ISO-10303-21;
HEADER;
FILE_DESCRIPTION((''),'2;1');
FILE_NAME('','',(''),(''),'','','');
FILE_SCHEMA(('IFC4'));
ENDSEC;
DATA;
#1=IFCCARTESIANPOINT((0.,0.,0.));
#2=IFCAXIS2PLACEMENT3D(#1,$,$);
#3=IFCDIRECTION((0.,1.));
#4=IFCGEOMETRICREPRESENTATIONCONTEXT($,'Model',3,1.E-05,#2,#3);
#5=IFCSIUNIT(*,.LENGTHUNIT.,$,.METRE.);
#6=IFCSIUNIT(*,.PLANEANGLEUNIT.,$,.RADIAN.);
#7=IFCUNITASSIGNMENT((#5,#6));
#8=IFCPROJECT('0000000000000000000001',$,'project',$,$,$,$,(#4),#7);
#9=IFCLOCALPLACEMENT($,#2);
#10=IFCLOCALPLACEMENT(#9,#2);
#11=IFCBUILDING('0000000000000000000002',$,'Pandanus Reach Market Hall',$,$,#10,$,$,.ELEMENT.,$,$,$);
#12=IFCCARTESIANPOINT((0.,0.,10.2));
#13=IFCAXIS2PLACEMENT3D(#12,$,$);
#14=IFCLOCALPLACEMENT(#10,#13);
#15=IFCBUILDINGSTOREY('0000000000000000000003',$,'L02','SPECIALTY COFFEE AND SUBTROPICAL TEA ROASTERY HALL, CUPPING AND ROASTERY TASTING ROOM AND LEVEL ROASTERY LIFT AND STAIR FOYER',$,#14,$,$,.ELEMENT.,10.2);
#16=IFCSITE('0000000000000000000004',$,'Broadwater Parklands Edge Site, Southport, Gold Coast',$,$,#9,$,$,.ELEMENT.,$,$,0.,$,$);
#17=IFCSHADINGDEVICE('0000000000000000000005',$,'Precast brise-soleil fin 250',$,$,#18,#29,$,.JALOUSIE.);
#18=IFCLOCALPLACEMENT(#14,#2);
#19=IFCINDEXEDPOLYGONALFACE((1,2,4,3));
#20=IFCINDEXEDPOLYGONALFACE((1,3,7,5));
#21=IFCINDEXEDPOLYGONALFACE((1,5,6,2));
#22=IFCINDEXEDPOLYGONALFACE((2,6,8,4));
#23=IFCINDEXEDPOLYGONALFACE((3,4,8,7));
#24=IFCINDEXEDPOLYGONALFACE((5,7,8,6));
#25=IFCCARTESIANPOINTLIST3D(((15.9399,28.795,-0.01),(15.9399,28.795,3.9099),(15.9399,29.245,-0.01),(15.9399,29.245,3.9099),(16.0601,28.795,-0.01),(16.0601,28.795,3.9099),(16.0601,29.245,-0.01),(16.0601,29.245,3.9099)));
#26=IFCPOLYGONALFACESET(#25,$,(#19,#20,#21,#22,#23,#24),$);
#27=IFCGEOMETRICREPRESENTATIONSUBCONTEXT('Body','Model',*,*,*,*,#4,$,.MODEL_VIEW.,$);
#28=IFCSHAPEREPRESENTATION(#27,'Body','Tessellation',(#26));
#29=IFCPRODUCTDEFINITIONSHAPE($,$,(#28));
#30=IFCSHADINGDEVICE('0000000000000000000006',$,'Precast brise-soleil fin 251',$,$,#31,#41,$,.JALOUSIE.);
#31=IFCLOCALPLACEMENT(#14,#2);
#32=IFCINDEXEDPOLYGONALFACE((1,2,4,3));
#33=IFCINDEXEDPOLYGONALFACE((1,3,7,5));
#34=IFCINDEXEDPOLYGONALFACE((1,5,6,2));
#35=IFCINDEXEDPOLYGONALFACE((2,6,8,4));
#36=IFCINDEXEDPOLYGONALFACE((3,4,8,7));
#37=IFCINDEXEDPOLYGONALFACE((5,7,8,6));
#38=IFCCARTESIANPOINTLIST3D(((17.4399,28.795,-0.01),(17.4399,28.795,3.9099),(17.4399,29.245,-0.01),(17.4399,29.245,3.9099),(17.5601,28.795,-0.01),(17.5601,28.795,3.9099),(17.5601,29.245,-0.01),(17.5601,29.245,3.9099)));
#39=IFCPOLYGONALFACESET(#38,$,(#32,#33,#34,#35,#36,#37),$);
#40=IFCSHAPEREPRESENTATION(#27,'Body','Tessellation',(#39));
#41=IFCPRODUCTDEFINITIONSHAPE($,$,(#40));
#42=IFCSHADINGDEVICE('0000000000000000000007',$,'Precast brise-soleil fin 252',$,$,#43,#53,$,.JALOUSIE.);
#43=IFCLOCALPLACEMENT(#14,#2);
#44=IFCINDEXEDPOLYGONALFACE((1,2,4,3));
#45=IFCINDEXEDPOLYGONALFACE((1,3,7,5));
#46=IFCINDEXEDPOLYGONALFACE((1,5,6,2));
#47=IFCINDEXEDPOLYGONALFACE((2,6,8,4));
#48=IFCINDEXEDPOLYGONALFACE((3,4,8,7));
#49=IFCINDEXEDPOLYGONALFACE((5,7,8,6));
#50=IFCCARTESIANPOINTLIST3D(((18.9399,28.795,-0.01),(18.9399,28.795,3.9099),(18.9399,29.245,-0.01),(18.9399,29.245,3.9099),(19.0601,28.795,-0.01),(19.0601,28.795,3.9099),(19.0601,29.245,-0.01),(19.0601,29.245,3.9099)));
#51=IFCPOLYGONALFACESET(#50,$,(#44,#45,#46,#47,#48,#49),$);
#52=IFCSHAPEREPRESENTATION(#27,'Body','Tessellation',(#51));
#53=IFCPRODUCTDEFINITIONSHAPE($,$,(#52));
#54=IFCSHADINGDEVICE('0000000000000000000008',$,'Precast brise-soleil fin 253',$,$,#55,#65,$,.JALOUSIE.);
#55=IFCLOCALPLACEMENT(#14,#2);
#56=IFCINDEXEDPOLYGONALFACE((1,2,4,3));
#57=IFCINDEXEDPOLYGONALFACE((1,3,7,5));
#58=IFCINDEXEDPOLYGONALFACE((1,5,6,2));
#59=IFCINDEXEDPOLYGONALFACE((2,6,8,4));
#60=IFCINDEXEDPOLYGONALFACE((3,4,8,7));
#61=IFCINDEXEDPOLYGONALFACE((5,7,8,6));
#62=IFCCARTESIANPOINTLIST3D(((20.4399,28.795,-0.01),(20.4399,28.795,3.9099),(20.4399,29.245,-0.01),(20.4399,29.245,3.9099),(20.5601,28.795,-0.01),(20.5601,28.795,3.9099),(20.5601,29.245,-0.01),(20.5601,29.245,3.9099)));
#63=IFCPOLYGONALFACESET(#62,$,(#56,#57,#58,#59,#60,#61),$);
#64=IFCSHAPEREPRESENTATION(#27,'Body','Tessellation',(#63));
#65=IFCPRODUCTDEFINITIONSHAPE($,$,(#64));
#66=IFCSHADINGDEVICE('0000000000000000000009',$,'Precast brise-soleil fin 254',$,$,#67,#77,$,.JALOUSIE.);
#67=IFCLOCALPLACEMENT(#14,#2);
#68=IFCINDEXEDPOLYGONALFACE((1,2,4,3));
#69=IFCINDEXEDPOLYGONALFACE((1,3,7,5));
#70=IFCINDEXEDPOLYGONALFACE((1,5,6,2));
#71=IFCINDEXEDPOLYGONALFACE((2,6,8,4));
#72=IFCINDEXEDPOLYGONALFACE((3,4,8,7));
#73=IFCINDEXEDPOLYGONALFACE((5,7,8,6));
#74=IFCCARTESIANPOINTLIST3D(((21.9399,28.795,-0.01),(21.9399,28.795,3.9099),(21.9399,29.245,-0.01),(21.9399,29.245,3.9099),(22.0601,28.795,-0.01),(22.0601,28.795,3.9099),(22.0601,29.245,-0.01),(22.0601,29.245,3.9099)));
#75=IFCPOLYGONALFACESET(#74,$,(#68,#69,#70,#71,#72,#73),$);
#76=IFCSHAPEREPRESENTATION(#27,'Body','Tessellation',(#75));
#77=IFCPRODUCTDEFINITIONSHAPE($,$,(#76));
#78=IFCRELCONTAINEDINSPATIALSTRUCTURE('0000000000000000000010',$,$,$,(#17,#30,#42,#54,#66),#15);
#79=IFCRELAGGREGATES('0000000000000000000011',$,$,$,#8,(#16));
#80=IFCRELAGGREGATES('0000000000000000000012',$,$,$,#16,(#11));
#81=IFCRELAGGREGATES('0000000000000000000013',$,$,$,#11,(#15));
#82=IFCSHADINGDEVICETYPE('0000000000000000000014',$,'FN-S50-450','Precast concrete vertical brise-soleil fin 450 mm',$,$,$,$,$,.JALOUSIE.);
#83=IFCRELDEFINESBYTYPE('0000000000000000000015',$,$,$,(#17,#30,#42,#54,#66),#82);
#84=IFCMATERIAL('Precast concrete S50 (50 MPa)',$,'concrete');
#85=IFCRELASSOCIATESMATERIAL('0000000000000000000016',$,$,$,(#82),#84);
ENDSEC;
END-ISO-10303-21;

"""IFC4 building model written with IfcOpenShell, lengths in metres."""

from ifc_helpers import new_model, si_unit, direction, frame, origin, origin_2d, place, context, subcontext, project, spatial, rectangle, extrude, material, type_object, element, save


model = new_model("IFC4")

# Units and contexts
model_context = context("Model", 3, precision=1e-05, world=origin(), true_north=direction((0.0, 1.0)))
body_context = subcontext(model_context, "Body", "Model", "MODEL_VIEW")
ifc_project = project(units=[si_unit("LENGTHUNIT", "METRE"), si_unit("PLANEANGLEUNIT", "RADIAN")], contexts=[model_context])

# Site, building, storey
site_placement = place(None, origin())
site = spatial("IfcSite", under=ifc_project, at=site_placement, Name="Broadwater Parklands Edge Site, Southport, Gold Coast", CompositionType="ELEMENT", RefElevation=0.0)
building_placement = place(site_placement, origin())
building = spatial("IfcBuilding", under=site, at=building_placement, Name="Pandanus Reach Market Hall", CompositionType="ELEMENT")
storey_placement = place(building_placement, frame((0.0, 0.0, 10.2)))
storey = spatial("IfcBuildingStorey", under=building, at=storey_placement, Name="L02", Description="SPECIALTY COFFEE AND SUBTROPICAL TEA ROASTERY HALL, CUPPING AND ROASTERY TASTING ROOM AND LEVEL ROASTERY LIFT AND STAIR FOYER", CompositionType="ELEMENT", Elevation=10.2)

# Shading devices
ifc_material_1 = material(Name="Precast concrete S50 (50 MPa)", Category="concrete")
shading_device_type = type_object("IfcShadingDeviceType", Name="FN-S50-450", Description="Precast concrete vertical brise-soleil fin 450 mm", PredefinedType="JALOUSIE", material=ifc_material_1)
for number, where, z_axis, x_axis, name in (
    (1, (16.0, 29.02, -0.01), (0.0, 0.0, 1.0), (0.0, 1.0, 0.0), "Precast brise-soleil fin 250"),
    (2, (17.5, 29.02, -0.01), (0.0, 0.0, 1.0), (0.0, 1.0, 0.0), "Precast brise-soleil fin 251"),
    (3, (19.0, 29.02, -0.01), (0.0, 0.0, 1.0), (0.0, 1.0, 0.0), "Precast brise-soleil fin 252"),
    (4, (20.5, 29.02, -0.01), (0.0, 0.0, 1.0), (0.0, 1.0, 0.0), "Precast brise-soleil fin 253"),
    (5, (22.0, 29.02, -0.01), (0.0, 0.0, 1.0), (0.0, 1.0, 0.0), "Precast brise-soleil fin 254"),
):
    element("IfcShadingDevice", number, at=place(storey_placement, frame(where, z_axis=z_axis, x_axis=x_axis)), inside=storey, type_object=shading_device_type, Name=name, PredefinedType="JALOUSIE", context=body_context, shape_type="SweptSolid", body=[
        extrude(rectangle(XDim=0.45, YDim=0.1201, at=origin_2d()), origin(), (0.0, 0.0, 1.0), 3.9199),
    ])

save(model, "model.ifc")
